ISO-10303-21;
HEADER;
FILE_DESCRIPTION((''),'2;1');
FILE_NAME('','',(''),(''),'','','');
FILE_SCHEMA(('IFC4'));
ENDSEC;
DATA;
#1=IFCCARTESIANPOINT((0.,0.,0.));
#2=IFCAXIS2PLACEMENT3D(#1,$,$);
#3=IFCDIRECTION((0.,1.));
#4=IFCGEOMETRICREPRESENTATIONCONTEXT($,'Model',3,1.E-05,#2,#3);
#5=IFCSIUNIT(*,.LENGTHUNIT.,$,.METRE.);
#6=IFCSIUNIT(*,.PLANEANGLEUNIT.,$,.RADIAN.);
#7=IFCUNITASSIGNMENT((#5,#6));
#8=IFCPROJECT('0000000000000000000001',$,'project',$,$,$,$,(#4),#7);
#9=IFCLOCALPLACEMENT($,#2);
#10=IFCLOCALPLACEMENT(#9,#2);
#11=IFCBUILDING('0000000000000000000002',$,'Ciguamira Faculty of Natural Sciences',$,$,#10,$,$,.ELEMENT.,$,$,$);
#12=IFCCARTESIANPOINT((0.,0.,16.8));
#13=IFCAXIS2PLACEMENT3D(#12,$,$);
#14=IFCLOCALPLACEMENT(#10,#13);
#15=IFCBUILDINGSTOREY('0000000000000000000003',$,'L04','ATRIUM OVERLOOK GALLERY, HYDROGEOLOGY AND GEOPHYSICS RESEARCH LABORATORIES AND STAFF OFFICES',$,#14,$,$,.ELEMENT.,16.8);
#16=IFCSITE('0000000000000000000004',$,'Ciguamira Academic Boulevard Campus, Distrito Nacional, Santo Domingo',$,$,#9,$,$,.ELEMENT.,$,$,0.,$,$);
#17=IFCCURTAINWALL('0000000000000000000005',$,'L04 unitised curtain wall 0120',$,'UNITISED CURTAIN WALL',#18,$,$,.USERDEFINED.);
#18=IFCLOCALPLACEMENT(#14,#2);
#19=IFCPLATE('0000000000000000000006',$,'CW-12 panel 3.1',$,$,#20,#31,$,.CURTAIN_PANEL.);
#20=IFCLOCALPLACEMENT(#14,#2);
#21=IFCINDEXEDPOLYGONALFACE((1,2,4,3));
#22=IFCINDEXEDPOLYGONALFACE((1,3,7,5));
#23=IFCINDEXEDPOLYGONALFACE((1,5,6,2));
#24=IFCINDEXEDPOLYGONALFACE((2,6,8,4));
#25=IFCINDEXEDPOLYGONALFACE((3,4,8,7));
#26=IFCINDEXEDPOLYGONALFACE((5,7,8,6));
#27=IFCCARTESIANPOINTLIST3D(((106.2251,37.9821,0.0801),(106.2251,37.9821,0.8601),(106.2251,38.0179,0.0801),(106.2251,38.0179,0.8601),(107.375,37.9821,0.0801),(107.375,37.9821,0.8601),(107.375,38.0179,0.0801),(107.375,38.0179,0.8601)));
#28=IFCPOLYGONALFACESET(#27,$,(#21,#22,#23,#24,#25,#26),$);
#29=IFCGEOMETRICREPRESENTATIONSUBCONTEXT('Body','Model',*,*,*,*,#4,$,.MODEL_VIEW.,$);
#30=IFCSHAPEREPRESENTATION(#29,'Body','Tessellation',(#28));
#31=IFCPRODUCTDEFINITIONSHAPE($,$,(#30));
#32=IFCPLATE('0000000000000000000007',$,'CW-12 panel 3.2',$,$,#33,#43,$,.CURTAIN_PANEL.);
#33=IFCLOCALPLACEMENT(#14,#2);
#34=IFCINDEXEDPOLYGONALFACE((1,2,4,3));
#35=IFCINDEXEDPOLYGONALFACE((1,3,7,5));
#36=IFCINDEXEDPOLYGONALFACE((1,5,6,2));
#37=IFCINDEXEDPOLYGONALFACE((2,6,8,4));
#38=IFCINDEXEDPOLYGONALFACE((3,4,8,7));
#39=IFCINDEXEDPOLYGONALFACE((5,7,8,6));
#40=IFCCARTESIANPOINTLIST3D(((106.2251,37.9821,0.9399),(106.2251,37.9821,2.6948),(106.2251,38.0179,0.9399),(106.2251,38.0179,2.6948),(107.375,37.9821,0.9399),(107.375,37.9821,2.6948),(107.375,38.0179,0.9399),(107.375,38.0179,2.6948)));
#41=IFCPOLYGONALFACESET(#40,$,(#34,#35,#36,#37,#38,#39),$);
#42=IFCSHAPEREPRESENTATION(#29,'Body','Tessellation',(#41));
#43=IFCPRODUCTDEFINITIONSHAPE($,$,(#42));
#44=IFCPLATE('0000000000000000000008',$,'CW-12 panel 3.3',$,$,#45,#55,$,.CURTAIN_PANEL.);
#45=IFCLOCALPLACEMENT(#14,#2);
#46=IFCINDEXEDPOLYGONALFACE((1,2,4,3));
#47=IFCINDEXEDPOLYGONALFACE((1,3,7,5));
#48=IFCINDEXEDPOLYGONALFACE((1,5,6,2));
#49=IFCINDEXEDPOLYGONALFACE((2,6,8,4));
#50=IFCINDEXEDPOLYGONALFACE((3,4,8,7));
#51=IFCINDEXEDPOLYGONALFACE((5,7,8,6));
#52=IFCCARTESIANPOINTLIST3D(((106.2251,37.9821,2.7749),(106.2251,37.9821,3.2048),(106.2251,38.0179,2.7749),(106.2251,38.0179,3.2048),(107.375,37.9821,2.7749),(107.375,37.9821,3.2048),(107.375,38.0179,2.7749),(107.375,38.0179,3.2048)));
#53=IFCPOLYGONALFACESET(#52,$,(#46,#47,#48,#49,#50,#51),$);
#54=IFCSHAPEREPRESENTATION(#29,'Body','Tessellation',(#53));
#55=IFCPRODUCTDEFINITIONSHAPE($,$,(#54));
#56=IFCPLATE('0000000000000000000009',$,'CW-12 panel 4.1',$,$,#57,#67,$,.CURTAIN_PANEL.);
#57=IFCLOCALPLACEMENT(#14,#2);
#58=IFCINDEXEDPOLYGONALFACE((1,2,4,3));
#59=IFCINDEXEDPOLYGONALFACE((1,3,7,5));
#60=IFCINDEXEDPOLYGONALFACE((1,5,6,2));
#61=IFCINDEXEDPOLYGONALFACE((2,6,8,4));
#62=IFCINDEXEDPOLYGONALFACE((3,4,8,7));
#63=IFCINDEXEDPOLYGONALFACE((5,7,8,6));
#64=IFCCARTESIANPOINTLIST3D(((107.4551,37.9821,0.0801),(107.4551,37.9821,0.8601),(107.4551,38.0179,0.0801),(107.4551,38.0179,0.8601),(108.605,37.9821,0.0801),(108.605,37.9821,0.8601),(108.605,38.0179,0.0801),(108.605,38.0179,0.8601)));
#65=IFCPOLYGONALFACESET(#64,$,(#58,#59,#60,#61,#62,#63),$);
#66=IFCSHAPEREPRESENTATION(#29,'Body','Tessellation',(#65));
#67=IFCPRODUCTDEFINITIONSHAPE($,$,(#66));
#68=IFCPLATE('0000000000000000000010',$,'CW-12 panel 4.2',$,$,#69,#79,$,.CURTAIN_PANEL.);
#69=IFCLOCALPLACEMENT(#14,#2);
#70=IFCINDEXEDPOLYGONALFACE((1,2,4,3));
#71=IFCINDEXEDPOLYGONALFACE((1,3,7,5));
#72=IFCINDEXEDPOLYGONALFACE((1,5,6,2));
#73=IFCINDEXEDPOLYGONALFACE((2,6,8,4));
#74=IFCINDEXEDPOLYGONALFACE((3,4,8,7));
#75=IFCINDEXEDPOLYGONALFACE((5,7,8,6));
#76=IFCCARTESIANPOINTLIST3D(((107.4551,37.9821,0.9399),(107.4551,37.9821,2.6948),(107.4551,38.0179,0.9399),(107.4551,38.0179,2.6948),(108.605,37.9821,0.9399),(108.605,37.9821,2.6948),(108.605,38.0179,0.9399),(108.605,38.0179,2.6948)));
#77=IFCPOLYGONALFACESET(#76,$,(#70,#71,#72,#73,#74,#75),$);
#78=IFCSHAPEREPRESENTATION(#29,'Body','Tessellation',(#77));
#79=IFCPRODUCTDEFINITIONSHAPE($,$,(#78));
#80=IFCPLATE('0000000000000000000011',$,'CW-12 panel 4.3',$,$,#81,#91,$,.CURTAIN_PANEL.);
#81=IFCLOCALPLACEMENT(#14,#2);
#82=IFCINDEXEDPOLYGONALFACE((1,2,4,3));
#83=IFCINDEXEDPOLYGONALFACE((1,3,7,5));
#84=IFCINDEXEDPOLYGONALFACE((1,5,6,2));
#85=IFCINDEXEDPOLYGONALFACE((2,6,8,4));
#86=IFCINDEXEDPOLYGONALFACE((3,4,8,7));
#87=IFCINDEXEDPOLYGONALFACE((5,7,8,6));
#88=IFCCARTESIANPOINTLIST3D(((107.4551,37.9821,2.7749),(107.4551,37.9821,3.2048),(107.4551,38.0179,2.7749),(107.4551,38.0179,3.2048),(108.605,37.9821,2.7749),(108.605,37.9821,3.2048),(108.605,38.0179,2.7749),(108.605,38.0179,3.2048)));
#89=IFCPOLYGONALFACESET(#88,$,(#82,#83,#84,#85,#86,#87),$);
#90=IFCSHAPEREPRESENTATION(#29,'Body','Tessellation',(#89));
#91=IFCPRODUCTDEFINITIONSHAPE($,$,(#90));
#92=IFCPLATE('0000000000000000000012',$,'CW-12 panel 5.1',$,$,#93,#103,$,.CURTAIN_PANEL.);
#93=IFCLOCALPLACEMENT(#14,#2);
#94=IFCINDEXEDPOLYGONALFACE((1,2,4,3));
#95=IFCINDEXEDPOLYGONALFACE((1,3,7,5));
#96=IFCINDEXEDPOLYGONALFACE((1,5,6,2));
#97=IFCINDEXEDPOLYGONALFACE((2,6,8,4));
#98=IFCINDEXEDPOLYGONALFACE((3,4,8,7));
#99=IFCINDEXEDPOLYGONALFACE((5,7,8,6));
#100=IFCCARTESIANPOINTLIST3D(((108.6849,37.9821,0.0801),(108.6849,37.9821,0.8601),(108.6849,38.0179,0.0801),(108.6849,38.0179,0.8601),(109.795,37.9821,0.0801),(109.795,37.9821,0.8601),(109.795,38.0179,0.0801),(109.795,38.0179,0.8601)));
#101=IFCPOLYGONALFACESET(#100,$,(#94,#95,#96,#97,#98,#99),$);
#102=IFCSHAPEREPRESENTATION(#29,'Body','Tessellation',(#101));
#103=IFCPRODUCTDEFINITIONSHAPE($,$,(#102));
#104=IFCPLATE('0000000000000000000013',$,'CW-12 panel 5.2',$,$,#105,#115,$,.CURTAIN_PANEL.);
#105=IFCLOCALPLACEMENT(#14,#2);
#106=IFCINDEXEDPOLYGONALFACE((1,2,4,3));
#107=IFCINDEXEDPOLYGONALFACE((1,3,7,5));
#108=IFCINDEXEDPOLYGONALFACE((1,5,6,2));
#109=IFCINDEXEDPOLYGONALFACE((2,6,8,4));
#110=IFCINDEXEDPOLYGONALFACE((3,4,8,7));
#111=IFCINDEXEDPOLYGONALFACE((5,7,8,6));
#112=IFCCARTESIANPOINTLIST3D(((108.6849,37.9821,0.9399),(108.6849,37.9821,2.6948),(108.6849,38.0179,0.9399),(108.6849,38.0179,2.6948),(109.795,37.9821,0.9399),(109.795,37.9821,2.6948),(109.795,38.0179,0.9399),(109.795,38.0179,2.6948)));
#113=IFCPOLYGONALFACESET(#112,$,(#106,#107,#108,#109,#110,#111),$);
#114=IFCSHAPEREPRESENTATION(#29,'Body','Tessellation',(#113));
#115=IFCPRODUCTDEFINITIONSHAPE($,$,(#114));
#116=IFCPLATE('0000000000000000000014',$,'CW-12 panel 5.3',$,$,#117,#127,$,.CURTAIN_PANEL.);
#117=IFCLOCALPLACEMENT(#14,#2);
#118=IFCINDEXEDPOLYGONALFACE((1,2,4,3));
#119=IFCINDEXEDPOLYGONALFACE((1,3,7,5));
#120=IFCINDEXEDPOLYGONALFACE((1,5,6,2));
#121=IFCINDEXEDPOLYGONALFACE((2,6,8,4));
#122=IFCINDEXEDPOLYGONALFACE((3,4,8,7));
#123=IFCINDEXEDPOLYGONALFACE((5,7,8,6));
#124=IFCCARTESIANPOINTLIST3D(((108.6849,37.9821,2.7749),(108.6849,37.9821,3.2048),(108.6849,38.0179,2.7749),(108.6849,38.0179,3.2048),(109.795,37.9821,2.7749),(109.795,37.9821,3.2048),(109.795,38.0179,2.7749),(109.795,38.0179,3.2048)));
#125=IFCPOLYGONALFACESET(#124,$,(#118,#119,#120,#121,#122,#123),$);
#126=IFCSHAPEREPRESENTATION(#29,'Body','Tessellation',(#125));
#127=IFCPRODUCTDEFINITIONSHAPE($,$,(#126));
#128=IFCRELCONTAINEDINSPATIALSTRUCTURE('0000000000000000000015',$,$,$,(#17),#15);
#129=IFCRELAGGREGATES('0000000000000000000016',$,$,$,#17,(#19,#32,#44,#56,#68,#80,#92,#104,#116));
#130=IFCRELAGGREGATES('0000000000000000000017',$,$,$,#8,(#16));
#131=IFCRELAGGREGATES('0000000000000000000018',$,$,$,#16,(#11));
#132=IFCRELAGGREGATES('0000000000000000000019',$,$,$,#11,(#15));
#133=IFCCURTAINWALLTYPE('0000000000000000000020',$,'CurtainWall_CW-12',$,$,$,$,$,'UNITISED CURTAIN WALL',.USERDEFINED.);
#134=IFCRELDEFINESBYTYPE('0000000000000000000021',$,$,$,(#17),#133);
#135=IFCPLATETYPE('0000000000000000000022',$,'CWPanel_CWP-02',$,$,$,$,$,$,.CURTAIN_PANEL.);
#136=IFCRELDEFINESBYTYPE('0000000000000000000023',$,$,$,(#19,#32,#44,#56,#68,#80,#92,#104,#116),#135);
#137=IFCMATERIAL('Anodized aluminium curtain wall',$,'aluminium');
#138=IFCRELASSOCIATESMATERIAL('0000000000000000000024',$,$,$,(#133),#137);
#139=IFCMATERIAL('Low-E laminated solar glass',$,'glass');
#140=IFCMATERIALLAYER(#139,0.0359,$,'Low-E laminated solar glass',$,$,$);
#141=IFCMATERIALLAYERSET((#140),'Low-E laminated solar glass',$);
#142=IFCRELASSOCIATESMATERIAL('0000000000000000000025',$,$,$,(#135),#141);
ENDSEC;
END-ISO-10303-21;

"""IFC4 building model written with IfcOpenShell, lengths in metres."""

from ifc_helpers import new_model, si_unit, direction, frame, origin, origin_2d, place, context, subcontext, project, spatial, rectangle, extrude, material, layer, layer_set, type_object, element, aggregate, save


model = new_model("IFC4")

# Units and contexts
model_context = context("Model", 3, precision=1e-05, world=origin(), true_north=direction((0.0, 1.0)))
body_context = subcontext(model_context, "Body", "Model", "MODEL_VIEW")
ifc_project = project(units=[si_unit("LENGTHUNIT", "METRE"), si_unit("PLANEANGLEUNIT", "RADIAN")], contexts=[model_context])

# Site, building, storey
site_placement = place(None, origin())
site = spatial("IfcSite", under=ifc_project, at=site_placement, Name="Ciguamira Academic Boulevard Campus, Distrito Nacional, Santo Domingo", CompositionType="ELEMENT", RefElevation=0.0)
building_placement = place(site_placement, origin())
building = spatial("IfcBuilding", under=site, at=building_placement, Name="Ciguamira Faculty of Natural Sciences", CompositionType="ELEMENT")
storey_placement = place(building_placement, frame((0.0, 0.0, 16.8)))
storey = spatial("IfcBuildingStorey", under=building, at=storey_placement, Name="L04", Description="ATRIUM OVERLOOK GALLERY, HYDROGEOLOGY AND GEOPHYSICS RESEARCH LABORATORIES AND STAFF OFFICES", CompositionType="ELEMENT", Elevation=16.8)

# Curtain wall, plates
ifc_material_1 = material(Name="Anodized aluminium curtain wall", Category="aluminium")
curtain_wall_type = type_object("IfcCurtainWallType", Name="CurtainWall_CW-12", ElementType="UNITISED CURTAIN WALL", PredefinedType="USERDEFINED", material=ifc_material_1)
curtain_wall_placement = place(storey_placement, origin())
curtain_wall = element("IfcCurtainWall", 1, at=curtain_wall_placement, inside=storey, type_object=curtain_wall_type, Name="L04 unitised curtain wall 0120", ObjectType="UNITISED CURTAIN WALL", PredefinedType="USERDEFINED")
ifc_material_2 = material(Name="Low-E laminated solar glass", Category="glass")
ifc_layer = layer(ifc_material_2, 0.0359, Name="Low-E laminated solar glass")
ifc_layer_set = layer_set([ifc_layer], Name="Low-E laminated solar glass")
plate_type = type_object("IfcPlateType", Name="CWPanel_CWP-02", PredefinedType="CURTAIN_PANEL", material=ifc_layer_set)
plate_1_placement = place(storey_placement, frame((106.8, 38.0, 0.0801), z_axis=(0.0, 0.0, 1.0), x_axis=(1.0, 0.0, 0.0)))
plate_1 = element("IfcPlate", 2, at=plate_1_placement, type_object=plate_type, Name="CW-12 panel 3.1", PredefinedType="CURTAIN_PANEL", context=body_context, shape_type="SweptSolid", body=[
    extrude(rectangle(XDim=1.1499, YDim=0.0359, at=origin_2d()), origin(), (0.0, 0.0, 1.0), 0.78),
])
plate_2_placement = place(storey_placement, frame((106.8, 38.0, 0.9399), z_axis=(0.0, 0.0, 1.0), x_axis=(1.0, 0.0, 0.0)))
plate_2 = element("IfcPlate", 3, at=plate_2_placement, type_object=plate_type, Name="CW-12 panel 3.2", PredefinedType="CURTAIN_PANEL", context=body_context, shape_type="SweptSolid", body=[
    extrude(rectangle(XDim=1.1499, YDim=0.0359, at=origin_2d()), origin(), (0.0, 0.0, 1.0), 1.7549),
])
plate_3_placement = place(storey_placement, frame((106.8, 38.0, 2.7749), z_axis=(0.0, 0.0, 1.0), x_axis=(1.0, 0.0, 0.0)))
plate_3 = element("IfcPlate", 4, at=plate_3_placement, type_object=plate_type, Name="CW-12 panel 3.3", PredefinedType="CURTAIN_PANEL", context=body_context, shape_type="SweptSolid", body=[
    extrude(rectangle(XDim=1.1499, YDim=0.0359, at=origin_2d()), origin(), (0.0, 0.0, 1.0), 0.4299),
])
plate_4_placement = place(storey_placement, frame((108.03, 38.0, 0.0801), z_axis=(0.0, 0.0, 1.0), x_axis=(1.0, 0.0, 0.0)))
plate_4 = element("IfcPlate", 5, at=plate_4_placement, type_object=plate_type, Name="CW-12 panel 4.1", PredefinedType="CURTAIN_PANEL", context=body_context, shape_type="SweptSolid", body=[
    extrude(rectangle(XDim=1.1499, YDim=0.0359, at=origin_2d()), origin(), (0.0, 0.0, 1.0), 0.78),
])
plate_5_placement = place(storey_placement, frame((108.03, 38.0, 0.9399), z_axis=(0.0, 0.0, 1.0), x_axis=(1.0, 0.0, 0.0)))
plate_5 = element("IfcPlate", 6, at=plate_5_placement, type_object=plate_type, Name="CW-12 panel 4.2", PredefinedType="CURTAIN_PANEL", context=body_context, shape_type="SweptSolid", body=[
    extrude(rectangle(XDim=1.1499, YDim=0.0359, at=origin_2d()), origin(), (0.0, 0.0, 1.0), 1.7549),
])
plate_6_placement = place(storey_placement, frame((108.03, 38.0, 2.7749), z_axis=(0.0, 0.0, 1.0), x_axis=(1.0, 0.0, 0.0)))
plate_6 = element("IfcPlate", 7, at=plate_6_placement, type_object=plate_type, Name="CW-12 panel 4.3", PredefinedType="CURTAIN_PANEL", context=body_context, shape_type="SweptSolid", body=[
    extrude(rectangle(XDim=1.1499, YDim=0.0359, at=origin_2d()), origin(), (0.0, 0.0, 1.0), 0.4299),
])
plate_7_placement = place(storey_placement, frame((109.24, 38.0, 0.0801), z_axis=(0.0, 0.0, 1.0), x_axis=(1.0, 0.0, 0.0)))
plate_7 = element("IfcPlate", 8, at=plate_7_placement, type_object=plate_type, Name="CW-12 panel 5.1", PredefinedType="CURTAIN_PANEL", context=body_context, shape_type="SweptSolid", body=[
    extrude(rectangle(XDim=1.1101, YDim=0.0359, at=origin_2d()), origin(), (0.0, 0.0, 1.0), 0.78),
])
plate_8_placement = place(storey_placement, frame((109.24, 38.0, 0.9399), z_axis=(0.0, 0.0, 1.0), x_axis=(1.0, 0.0, 0.0)))
plate_8 = element("IfcPlate", 9, at=plate_8_placement, type_object=plate_type, Name="CW-12 panel 5.2", PredefinedType="CURTAIN_PANEL", context=body_context, shape_type="SweptSolid", body=[
    extrude(rectangle(XDim=1.1101, YDim=0.0359, at=origin_2d()), origin(), (0.0, 0.0, 1.0), 1.7549),
])
plate_9_placement = place(storey_placement, frame((109.24, 38.0, 2.7749), z_axis=(0.0, 0.0, 1.0), x_axis=(1.0, 0.0, 0.0)))
plate_9 = element("IfcPlate", 10, at=plate_9_placement, type_object=plate_type, Name="CW-12 panel 5.3", PredefinedType="CURTAIN_PANEL", context=body_context, shape_type="SweptSolid", body=[
    extrude(rectangle(XDim=1.1101, YDim=0.0359, at=origin_2d()), origin(), (0.0, 0.0, 1.0), 0.4299),
])
aggregate(curtain_wall, [plate_1, plate_2, plate_3, plate_4, plate_5, plate_6, plate_7, plate_8, plate_9])

save(model, "model.ifc")
